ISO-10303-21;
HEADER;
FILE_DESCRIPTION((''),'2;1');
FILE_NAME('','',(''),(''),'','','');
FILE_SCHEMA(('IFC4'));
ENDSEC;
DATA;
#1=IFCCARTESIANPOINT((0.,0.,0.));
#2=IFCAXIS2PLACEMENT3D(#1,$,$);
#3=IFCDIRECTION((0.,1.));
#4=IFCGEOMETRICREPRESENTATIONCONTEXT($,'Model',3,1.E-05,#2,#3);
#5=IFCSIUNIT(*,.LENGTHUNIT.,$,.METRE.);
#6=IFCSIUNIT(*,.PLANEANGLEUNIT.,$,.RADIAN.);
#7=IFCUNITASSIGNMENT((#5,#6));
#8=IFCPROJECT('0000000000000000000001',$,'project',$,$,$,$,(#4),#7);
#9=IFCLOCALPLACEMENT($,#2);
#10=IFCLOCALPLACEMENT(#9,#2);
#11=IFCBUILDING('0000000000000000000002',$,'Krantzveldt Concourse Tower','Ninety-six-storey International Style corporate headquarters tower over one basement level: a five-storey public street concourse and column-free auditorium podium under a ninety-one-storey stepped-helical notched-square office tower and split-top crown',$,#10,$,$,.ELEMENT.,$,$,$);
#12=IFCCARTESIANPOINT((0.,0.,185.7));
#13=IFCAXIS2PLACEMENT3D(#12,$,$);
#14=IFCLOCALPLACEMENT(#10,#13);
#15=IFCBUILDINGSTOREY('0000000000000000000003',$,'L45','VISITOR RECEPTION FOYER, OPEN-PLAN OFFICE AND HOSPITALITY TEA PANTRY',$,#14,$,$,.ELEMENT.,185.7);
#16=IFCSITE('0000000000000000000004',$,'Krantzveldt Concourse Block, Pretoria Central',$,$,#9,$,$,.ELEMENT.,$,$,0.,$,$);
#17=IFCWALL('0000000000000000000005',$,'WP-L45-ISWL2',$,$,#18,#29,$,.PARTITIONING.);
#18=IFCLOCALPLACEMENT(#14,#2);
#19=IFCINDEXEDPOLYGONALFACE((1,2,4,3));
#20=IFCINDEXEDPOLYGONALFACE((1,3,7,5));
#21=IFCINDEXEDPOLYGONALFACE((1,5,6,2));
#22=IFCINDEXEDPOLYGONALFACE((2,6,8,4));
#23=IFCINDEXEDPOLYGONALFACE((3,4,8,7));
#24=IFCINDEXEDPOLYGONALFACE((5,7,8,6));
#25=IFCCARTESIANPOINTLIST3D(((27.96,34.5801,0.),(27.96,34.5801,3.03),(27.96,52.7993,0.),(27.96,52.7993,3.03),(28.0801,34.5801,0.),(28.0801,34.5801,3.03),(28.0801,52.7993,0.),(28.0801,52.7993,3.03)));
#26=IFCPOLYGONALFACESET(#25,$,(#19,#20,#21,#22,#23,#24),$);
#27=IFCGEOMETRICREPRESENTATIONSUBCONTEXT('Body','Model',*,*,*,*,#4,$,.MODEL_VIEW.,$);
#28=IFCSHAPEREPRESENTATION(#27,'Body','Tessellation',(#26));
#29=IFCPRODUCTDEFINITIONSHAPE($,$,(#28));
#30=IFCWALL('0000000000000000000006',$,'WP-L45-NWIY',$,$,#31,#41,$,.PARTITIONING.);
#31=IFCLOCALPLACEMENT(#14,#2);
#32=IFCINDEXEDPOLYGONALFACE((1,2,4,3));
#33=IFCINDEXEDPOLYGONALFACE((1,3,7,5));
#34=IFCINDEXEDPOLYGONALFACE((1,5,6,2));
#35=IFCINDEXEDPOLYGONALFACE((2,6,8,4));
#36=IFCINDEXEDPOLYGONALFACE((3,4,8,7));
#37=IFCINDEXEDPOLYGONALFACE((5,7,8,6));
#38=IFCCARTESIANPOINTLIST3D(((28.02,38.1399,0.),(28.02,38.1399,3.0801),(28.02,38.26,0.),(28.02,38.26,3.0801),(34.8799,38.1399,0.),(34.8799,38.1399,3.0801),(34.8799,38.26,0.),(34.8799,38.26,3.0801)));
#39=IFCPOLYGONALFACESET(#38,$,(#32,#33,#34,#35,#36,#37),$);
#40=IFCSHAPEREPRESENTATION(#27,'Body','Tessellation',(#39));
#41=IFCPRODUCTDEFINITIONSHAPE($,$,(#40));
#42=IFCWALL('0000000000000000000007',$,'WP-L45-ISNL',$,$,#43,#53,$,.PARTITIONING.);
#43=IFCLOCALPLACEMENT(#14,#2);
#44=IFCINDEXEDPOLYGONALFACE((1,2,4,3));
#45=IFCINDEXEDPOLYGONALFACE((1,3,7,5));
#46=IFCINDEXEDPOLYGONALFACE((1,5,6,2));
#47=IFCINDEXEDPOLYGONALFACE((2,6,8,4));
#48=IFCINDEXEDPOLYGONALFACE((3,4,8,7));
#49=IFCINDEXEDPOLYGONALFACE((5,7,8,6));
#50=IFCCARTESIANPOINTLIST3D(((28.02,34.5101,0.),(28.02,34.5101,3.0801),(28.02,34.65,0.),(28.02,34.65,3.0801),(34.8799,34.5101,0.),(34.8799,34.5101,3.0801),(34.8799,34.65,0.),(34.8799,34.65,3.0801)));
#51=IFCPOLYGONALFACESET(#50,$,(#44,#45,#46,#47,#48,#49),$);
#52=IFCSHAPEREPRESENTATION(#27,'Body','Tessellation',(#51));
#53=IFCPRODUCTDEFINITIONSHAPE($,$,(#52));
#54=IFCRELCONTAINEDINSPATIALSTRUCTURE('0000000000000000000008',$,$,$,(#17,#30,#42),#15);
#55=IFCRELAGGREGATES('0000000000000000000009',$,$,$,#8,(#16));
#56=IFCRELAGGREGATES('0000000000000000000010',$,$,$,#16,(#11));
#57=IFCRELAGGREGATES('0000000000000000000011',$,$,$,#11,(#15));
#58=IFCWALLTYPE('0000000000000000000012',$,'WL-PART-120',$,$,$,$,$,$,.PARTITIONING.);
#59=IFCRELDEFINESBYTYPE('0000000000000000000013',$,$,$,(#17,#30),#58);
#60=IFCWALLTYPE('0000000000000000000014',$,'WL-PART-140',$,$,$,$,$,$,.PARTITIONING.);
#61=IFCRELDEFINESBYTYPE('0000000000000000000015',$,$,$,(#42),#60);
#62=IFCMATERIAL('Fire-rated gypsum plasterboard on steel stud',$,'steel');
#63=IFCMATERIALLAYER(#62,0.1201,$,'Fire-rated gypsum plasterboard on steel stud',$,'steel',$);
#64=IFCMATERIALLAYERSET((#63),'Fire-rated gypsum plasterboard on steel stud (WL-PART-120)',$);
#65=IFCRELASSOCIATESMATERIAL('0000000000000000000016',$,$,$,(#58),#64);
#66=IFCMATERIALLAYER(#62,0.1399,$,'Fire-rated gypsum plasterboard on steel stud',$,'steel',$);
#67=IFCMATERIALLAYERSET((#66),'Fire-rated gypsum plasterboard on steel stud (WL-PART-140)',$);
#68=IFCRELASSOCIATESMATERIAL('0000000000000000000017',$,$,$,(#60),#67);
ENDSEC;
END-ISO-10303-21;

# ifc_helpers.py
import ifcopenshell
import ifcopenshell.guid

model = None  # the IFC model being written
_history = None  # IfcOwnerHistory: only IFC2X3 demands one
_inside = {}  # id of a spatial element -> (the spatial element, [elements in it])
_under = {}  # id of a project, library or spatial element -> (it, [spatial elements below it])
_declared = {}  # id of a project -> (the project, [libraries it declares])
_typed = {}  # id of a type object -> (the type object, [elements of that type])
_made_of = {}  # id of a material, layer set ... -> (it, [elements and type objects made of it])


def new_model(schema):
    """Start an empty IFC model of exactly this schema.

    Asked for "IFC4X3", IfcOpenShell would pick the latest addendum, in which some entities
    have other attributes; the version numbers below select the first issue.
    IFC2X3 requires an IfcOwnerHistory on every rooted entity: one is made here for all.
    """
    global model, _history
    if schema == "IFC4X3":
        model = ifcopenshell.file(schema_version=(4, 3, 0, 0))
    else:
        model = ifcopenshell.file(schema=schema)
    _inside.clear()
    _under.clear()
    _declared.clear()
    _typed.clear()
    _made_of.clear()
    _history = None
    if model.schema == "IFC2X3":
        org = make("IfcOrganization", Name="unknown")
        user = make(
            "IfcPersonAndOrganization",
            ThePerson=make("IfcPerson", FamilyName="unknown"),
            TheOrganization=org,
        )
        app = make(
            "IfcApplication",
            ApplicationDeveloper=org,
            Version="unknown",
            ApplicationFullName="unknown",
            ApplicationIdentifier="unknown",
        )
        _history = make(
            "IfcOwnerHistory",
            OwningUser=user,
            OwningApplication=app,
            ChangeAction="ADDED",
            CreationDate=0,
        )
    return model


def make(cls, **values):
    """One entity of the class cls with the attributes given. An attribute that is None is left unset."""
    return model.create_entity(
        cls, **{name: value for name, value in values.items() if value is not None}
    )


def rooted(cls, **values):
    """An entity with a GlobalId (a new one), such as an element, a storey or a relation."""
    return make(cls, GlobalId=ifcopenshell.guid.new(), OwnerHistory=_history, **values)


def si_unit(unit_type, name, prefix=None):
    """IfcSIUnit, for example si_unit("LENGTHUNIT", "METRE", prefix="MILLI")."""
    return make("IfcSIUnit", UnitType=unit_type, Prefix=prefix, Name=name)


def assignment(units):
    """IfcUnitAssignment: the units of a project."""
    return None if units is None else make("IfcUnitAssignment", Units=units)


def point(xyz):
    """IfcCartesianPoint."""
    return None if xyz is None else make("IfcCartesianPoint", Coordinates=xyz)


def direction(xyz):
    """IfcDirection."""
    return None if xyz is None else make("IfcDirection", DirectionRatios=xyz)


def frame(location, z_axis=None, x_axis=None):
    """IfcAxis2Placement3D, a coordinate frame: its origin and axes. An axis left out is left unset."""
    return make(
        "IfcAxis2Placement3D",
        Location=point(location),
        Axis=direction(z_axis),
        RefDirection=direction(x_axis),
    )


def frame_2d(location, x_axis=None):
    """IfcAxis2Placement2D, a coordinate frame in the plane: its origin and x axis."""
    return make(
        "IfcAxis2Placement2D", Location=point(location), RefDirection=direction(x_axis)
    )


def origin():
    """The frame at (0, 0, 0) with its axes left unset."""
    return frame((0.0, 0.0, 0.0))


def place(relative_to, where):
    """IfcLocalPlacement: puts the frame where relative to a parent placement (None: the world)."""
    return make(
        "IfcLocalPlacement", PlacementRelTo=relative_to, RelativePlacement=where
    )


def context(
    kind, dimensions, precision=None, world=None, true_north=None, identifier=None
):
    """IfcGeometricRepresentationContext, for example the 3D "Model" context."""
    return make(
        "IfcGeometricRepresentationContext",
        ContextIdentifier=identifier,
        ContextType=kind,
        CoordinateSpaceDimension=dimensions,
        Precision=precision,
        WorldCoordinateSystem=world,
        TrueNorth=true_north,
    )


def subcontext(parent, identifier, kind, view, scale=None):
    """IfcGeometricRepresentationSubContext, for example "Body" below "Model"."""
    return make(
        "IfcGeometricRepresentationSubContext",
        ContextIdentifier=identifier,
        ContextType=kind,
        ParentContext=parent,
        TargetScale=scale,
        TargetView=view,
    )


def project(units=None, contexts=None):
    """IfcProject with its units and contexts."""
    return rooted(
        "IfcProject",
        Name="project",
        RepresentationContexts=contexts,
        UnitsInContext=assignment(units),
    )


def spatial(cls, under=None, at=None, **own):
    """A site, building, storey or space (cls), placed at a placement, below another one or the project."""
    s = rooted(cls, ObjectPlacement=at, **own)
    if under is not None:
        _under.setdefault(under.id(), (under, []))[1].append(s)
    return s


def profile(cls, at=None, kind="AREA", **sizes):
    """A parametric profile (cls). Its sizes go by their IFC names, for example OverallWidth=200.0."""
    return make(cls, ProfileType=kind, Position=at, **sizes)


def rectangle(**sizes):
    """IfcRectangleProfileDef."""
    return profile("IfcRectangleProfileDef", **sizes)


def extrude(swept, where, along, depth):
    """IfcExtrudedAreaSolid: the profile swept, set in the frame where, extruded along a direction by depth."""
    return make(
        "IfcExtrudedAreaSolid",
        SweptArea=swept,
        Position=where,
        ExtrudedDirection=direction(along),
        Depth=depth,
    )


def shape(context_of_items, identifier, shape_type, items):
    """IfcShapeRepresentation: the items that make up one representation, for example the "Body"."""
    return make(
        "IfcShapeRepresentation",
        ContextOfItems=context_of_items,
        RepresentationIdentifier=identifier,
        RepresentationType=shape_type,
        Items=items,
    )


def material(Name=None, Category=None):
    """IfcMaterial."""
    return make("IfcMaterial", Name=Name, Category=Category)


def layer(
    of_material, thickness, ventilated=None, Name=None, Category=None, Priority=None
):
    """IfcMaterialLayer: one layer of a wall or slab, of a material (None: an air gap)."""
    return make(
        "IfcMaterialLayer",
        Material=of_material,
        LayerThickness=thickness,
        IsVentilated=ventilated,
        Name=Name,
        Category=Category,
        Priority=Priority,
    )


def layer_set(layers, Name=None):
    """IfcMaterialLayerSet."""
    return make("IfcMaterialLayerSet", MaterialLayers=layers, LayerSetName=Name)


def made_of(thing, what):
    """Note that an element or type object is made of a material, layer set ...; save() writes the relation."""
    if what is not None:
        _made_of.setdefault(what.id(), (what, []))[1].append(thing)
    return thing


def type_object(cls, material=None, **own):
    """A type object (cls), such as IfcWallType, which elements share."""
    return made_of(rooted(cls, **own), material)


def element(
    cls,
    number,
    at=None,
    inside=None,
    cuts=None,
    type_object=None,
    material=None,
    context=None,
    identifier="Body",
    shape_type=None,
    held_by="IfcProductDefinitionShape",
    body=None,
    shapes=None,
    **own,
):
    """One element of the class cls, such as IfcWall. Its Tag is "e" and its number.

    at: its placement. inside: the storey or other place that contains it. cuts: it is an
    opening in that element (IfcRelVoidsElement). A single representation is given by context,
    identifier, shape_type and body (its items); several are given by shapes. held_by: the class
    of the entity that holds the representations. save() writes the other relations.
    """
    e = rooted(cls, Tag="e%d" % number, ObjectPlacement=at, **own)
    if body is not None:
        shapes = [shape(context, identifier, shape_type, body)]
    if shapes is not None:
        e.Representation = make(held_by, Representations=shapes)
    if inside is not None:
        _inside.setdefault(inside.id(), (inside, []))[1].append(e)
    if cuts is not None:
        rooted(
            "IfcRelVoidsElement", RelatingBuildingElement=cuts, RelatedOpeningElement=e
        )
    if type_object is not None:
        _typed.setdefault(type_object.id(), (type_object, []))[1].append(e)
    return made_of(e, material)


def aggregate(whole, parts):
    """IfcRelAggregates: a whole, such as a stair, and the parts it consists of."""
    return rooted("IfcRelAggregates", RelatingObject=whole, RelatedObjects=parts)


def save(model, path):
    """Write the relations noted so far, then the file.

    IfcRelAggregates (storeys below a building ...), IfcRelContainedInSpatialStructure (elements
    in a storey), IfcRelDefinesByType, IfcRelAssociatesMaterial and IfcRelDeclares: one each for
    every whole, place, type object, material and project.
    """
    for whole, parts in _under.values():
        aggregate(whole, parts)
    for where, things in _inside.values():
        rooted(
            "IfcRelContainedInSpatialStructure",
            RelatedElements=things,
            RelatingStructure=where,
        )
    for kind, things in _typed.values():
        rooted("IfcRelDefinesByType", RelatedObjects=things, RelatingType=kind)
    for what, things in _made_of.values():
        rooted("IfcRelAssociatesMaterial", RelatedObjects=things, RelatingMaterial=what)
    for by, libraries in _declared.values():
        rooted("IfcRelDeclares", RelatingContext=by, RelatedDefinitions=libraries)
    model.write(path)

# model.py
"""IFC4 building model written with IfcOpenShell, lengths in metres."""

from ifc_helpers import new_model, si_unit, direction, frame, frame_2d, origin, place, context, subcontext, project, spatial, rectangle, extrude, material, layer, layer_set, type_object, element, save


model = new_model("IFC4")

# Units and contexts
model_context = context("Model", 3, precision=1e-05, world=origin(), true_north=direction((0.0, 1.0)))
body_context = subcontext(model_context, "Body", "Model", "MODEL_VIEW")
ifc_project = project(units=[si_unit("LENGTHUNIT", "METRE"), si_unit("PLANEANGLEUNIT", "RADIAN")], contexts=[model_context])

# Site, building, storey
site_placement = place(None, origin())
site = spatial("IfcSite", under=ifc_project, at=site_placement, Name="Krantzveldt Concourse Block, Pretoria Central", CompositionType="ELEMENT", RefElevation=0.0)
building_placement = place(site_placement, origin())
building = spatial("IfcBuilding", under=site, at=building_placement, Name="Krantzveldt Concourse Tower", Description="Ninety-six-storey International Style corporate headquarters tower over one basement level: a five-storey public street concourse and column-free auditorium podium under a ninety-one-storey stepped-helical notched-square office tower and split-top crown", CompositionType="ELEMENT")
storey_placement = place(building_placement, frame((0.0, 0.0, 185.7)))
storey = spatial("IfcBuildingStorey", under=building, at=storey_placement, Name="L45", Description="VISITOR RECEPTION FOYER, OPEN-PLAN OFFICE AND HOSPITALITY TEA PANTRY", CompositionType="ELEMENT", Elevation=185.7)

# Walls
ifc_material_1 = material(Name="Fire-rated gypsum plasterboard on steel stud", Category="steel")
ifc_layer_1 = layer(ifc_material_1, 0.1201, Name="Fire-rated gypsum plasterboard on steel stud", Category="steel")
ifc_layer_set_1 = layer_set([ifc_layer_1], Name="Fire-rated gypsum plasterboard on steel stud (WL-PART-120)")
wall_type_1 = type_object("IfcWallType", Name="WL-PART-120", PredefinedType="PARTITIONING", material=ifc_layer_set_1)
wall_1_placement = place(storey_placement, frame((28.02, 34.5801, 0.0), z_axis=(0.0, 0.0, 1.0), x_axis=(0.0, 1.0, 0.0)))
element("IfcWall", 1, at=wall_1_placement, inside=storey, type_object=wall_type_1, Name="WP-L45-ISWL2", PredefinedType="PARTITIONING", context=body_context, shape_type="SweptSolid", body=[
    extrude(rectangle(XDim=18.2192, YDim=0.1201, at=frame_2d((9.1096, 0.0))), origin(), (0.0, 0.0, 1.0), 3.03),
])
wall_2_placement = place(storey_placement, frame((28.02, 38.2, 0.0), z_axis=(0.0, 0.0, 1.0), x_axis=(1.0, 0.0, 0.0)))
element("IfcWall", 2, at=wall_2_placement, inside=storey, type_object=wall_type_1, Name="WP-L45-NWIY", PredefinedType="PARTITIONING", context=body_context, shape_type="SweptSolid", body=[
    extrude(rectangle(XDim=6.8599, YDim=0.1201, at=frame_2d((3.4299, 0.0))), origin(), (0.0, 0.0, 1.0), 3.0801),
])
ifc_layer_2 = layer(ifc_material_1, 0.1399, Name="Fire-rated gypsum plasterboard on steel stud", Category="steel")
ifc_layer_set_2 = layer_set([ifc_layer_2], Name="Fire-rated gypsum plasterboard on steel stud (WL-PART-140)")
wall_type_2 = type_object("IfcWallType", Name="WL-PART-140", PredefinedType="PARTITIONING", material=ifc_layer_set_2)
wall_3_placement = place(storey_placement, frame((28.02, 34.5801, 0.0), z_axis=(0.0, 0.0, 1.0), x_axis=(1.0, 0.0, 0.0)))
element("IfcWall", 3, at=wall_3_placement, inside=storey, type_object=wall_type_2, Name="WP-L45-ISNL", PredefinedType="PARTITIONING", context=body_context, shape_type="SweptSolid", body=[
    extrude(rectangle(XDim=6.8599, YDim=0.1399, at=frame_2d((3.4299, 0.0))), origin(), (0.0, 0.0, 1.0), 3.0801),
])

save(model, "model.ifc")
